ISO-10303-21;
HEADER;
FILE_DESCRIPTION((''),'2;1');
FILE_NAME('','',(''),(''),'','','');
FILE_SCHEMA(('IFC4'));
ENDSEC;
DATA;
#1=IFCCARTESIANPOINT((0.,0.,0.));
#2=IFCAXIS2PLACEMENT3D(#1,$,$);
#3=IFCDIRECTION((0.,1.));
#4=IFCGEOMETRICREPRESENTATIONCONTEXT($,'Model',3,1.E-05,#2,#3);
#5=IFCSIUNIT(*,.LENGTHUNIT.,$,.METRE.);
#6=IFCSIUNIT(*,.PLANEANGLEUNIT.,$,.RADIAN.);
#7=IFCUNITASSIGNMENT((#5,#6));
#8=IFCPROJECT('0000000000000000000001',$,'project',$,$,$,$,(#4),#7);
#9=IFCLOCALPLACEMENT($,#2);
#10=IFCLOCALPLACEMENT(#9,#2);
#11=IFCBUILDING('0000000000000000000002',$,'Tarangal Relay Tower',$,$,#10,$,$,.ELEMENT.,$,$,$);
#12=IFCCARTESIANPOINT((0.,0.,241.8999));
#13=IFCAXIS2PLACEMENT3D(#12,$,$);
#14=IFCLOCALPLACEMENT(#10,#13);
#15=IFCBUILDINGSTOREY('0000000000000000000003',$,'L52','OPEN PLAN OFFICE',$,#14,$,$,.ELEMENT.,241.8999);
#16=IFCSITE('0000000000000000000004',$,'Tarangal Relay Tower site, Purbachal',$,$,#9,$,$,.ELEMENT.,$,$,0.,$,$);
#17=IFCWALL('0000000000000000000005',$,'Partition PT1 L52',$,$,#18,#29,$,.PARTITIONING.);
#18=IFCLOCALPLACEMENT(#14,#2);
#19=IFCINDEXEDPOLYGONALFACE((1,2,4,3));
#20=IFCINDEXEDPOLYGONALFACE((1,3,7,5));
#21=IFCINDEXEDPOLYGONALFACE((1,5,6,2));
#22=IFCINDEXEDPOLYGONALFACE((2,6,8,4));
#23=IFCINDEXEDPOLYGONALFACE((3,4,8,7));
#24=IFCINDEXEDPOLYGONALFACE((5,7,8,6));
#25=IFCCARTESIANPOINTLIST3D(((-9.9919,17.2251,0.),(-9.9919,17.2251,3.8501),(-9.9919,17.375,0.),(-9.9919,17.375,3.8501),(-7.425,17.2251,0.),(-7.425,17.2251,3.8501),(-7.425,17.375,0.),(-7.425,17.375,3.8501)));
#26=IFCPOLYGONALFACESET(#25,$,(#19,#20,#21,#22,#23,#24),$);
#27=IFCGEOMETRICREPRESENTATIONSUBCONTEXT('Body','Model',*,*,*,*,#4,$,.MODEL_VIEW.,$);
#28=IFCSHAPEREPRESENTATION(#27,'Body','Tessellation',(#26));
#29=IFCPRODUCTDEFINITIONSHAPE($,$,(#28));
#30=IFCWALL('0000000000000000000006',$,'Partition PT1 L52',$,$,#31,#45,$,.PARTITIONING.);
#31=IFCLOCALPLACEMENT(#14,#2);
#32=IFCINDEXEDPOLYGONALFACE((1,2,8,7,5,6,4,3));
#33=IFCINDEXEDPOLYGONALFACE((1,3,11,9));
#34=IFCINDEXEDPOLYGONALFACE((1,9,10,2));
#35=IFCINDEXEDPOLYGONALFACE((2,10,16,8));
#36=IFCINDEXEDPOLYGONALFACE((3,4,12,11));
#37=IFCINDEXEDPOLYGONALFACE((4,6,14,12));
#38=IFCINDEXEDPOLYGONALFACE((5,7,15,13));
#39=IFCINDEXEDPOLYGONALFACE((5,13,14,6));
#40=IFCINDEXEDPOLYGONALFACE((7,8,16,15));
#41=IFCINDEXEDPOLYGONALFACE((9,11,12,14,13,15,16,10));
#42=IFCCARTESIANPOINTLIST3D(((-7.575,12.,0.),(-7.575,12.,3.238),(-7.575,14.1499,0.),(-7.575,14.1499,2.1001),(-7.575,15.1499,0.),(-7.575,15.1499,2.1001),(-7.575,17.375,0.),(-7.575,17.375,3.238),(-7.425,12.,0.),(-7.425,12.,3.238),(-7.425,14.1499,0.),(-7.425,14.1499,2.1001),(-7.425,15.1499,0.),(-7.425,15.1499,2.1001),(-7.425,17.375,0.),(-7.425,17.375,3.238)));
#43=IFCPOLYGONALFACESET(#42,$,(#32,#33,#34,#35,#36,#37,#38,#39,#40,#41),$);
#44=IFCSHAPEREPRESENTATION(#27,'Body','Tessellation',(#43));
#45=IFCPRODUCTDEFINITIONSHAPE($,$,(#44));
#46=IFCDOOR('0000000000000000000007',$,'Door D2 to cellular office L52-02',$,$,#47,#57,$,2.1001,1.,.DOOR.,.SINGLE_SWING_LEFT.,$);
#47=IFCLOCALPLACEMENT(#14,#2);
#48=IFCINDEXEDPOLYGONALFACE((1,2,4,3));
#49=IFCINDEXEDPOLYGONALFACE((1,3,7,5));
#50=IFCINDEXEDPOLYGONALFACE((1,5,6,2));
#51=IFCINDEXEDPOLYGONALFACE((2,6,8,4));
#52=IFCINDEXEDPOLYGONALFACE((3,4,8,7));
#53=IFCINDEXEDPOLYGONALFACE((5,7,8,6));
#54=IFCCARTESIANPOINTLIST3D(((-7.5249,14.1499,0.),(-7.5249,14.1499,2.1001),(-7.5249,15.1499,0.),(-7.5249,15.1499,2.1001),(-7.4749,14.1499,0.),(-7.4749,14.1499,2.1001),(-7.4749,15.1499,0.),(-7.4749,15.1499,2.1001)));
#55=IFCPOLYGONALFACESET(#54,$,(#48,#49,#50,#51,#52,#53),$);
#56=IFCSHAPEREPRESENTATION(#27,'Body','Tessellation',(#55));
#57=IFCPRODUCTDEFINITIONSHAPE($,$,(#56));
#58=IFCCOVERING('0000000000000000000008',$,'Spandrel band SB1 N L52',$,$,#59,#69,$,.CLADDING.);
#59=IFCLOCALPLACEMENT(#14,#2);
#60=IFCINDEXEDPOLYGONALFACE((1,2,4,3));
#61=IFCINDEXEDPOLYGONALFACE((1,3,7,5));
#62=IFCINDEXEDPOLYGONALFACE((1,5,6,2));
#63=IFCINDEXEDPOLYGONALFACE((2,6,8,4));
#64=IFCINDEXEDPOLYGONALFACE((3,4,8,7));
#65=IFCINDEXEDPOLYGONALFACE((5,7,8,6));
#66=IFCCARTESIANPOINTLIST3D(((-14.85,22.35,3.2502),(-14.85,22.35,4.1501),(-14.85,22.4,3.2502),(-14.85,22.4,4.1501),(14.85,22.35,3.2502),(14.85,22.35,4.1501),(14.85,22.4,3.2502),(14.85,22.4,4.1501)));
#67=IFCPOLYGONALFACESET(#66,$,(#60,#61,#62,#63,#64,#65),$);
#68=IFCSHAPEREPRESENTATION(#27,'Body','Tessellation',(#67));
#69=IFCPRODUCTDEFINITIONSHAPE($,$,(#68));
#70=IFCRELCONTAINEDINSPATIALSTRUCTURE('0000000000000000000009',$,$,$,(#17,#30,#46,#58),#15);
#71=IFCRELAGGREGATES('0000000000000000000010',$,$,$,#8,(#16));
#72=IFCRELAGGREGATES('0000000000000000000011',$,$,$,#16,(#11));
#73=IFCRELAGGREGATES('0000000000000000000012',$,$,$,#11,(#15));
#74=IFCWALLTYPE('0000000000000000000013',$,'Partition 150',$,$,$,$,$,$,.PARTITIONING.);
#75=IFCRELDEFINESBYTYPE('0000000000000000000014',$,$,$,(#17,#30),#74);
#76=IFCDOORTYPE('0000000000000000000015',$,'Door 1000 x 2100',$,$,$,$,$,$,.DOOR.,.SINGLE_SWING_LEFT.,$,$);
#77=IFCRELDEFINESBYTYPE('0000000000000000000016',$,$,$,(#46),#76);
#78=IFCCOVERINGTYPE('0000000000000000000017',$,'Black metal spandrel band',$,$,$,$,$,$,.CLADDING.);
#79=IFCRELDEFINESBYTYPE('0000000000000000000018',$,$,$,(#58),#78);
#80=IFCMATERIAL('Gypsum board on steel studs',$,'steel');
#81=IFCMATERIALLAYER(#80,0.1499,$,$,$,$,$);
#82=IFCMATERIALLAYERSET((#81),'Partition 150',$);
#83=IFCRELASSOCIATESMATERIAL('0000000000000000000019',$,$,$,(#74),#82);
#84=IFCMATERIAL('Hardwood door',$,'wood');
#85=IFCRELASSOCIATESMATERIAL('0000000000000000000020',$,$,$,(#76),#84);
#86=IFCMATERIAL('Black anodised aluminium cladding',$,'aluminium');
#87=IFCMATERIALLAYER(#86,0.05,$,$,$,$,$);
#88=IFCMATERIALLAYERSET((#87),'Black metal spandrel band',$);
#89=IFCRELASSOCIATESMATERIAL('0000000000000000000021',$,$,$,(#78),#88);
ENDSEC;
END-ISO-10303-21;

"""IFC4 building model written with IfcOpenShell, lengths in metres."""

from ifc_helpers import new_model, si_unit, direction, frame, frame_2d, origin, origin_2d, place, context, subcontext, project, spatial, rectangle, extrude, material, layer, layer_set, type_object, element, fill, save


model = new_model("IFC4")

# Units and contexts
model_context = context("Model", 3, precision=1e-05, world=origin(), true_north=direction((0.0, 1.0)))
body_context = subcontext(model_context, "Body", "Model", "MODEL_VIEW")
ifc_project = project(units=[si_unit("LENGTHUNIT", "METRE"), si_unit("PLANEANGLEUNIT", "RADIAN")], contexts=[model_context])

# Site, building, storey
site_placement = place(None, origin())
site = spatial("IfcSite", under=ifc_project, at=site_placement, Name="Tarangal Relay Tower site, Purbachal", CompositionType="ELEMENT", RefElevation=0.0)
building_placement = place(site_placement, origin())
building = spatial("IfcBuilding", under=site, at=building_placement, Name="Tarangal Relay Tower", CompositionType="ELEMENT")
storey_placement = place(building_placement, frame((0.0, 0.0, 241.8999)))
storey = spatial("IfcBuildingStorey", under=building, at=storey_placement, Name="L52", Description="OPEN PLAN OFFICE", CompositionType="ELEMENT", Elevation=241.8999)

# Wall
ifc_material_1 = material(Name="Gypsum board on steel studs", Category="steel")
ifc_layer_1 = layer(ifc_material_1, 0.1499)
ifc_layer_set_1 = layer_set([ifc_layer_1], Name="Partition 150")
wall_type_1 = type_object("IfcWallType", Name="Partition 150", PredefinedType="PARTITIONING", material=ifc_layer_set_1)
wall_1_placement = place(storey_placement, frame((-9.9919, 17.3, 0.0), z_axis=(0.0, 0.0, 1.0), x_axis=(1.0, 0.0, 0.0)))
element("IfcWall", 1, at=wall_1_placement, inside=storey, type_object=wall_type_1, Name="Partition PT1 L52", PredefinedType="PARTITIONING", context=body_context, shape_type="SweptSolid", body=[
    extrude(rectangle(XDim=2.5669, YDim=0.1499, at=frame_2d((1.2834, 0.0))), origin(), (0.0, 0.0, 1.0), 3.8501),
])

# Wall, opening, door
wall_2_placement = place(storey_placement, frame((-7.5, 12.0, 0.0), z_axis=(0.0, 0.0, 1.0), x_axis=(0.0, 1.0, 0.0)))
wall_2 = element("IfcWall", 2, at=wall_2_placement, inside=storey, type_object=wall_type_1, Name="Partition PT1 L52", PredefinedType="PARTITIONING", context=body_context, shape_type="SweptSolid", body=[
    extrude(rectangle(XDim=5.375, YDim=0.1499, at=frame_2d((2.6875, 0.0))), origin(), (0.0, 0.0, 1.0), 3.238),
])
opening_1_placement = place(wall_2_placement, frame((2.1499, 0.0, 0.0)))
opening_1 = element("IfcOpeningElement", 3, at=opening_1_placement, cuts=wall_2, PredefinedType="OPENING", context=body_context, shape_type="SweptSolid", body=[
    extrude(rectangle(XDim=1.0, YDim=2.1001, at=frame_2d((0.5, 1.05))), frame((0.0, 0.085, 0.0), z_axis=(0.0, -1.0, 0.0), x_axis=(1.0, 0.0, 0.0)), (0.0, 0.0, 1.0), 0.1699),
])
ifc_material_2 = material(Name="Hardwood door", Category="wood")
door_type_1 = type_object("IfcDoorType", Name="Door 1000 x 2100", OperationType="SINGLE_SWING_LEFT", PredefinedType="DOOR", material=ifc_material_2)
door_1_placement = place(opening_1_placement, origin())
door_1 = element("IfcDoor", 4, at=door_1_placement, inside=storey, type_object=door_type_1, Name="Door D2 to cellular office L52-02", OperationType="SINGLE_SWING_LEFT", OverallHeight=2.1001, OverallWidth=1.0, PredefinedType="DOOR", context=body_context, shape_type="SweptSolid", body=[
    extrude(rectangle(XDim=1.0, YDim=2.1001, at=frame_2d((0.5, 1.05))), frame((0.0, 0.0249, 0.0), z_axis=(0.0, -1.0, 0.0), x_axis=(1.0, 0.0, 0.0)), (0.0, 0.0, 1.0), 0.05),
])
fill(opening_1, door_1)

# Covering
ifc_material_3 = material(Name="Black anodised aluminium cladding", Category="aluminium")
ifc_layer_2 = layer(ifc_material_3, 0.05)
ifc_layer_set_2 = layer_set([ifc_layer_2], Name="Black metal spandrel band")
covering_type = type_object("IfcCoveringType", Name="Black metal spandrel band", PredefinedType="CLADDING", material=ifc_layer_set_2)
covering_placement = place(storey_placement, frame((0.0, 22.375, 3.2502), z_axis=(0.0, 0.0, 1.0), x_axis=(1.0, 0.0, 0.0)))
element("IfcCovering", 5, at=covering_placement, inside=storey, type_object=covering_type, Name="Spandrel band SB1 N L52", PredefinedType="CLADDING", context=body_context, shape_type="SweptSolid", body=[
    extrude(rectangle(XDim=29.7, YDim=0.05, at=origin_2d()), origin(), (0.0, 0.0, 1.0), 0.8999),
])

save(model, "model.ifc")
